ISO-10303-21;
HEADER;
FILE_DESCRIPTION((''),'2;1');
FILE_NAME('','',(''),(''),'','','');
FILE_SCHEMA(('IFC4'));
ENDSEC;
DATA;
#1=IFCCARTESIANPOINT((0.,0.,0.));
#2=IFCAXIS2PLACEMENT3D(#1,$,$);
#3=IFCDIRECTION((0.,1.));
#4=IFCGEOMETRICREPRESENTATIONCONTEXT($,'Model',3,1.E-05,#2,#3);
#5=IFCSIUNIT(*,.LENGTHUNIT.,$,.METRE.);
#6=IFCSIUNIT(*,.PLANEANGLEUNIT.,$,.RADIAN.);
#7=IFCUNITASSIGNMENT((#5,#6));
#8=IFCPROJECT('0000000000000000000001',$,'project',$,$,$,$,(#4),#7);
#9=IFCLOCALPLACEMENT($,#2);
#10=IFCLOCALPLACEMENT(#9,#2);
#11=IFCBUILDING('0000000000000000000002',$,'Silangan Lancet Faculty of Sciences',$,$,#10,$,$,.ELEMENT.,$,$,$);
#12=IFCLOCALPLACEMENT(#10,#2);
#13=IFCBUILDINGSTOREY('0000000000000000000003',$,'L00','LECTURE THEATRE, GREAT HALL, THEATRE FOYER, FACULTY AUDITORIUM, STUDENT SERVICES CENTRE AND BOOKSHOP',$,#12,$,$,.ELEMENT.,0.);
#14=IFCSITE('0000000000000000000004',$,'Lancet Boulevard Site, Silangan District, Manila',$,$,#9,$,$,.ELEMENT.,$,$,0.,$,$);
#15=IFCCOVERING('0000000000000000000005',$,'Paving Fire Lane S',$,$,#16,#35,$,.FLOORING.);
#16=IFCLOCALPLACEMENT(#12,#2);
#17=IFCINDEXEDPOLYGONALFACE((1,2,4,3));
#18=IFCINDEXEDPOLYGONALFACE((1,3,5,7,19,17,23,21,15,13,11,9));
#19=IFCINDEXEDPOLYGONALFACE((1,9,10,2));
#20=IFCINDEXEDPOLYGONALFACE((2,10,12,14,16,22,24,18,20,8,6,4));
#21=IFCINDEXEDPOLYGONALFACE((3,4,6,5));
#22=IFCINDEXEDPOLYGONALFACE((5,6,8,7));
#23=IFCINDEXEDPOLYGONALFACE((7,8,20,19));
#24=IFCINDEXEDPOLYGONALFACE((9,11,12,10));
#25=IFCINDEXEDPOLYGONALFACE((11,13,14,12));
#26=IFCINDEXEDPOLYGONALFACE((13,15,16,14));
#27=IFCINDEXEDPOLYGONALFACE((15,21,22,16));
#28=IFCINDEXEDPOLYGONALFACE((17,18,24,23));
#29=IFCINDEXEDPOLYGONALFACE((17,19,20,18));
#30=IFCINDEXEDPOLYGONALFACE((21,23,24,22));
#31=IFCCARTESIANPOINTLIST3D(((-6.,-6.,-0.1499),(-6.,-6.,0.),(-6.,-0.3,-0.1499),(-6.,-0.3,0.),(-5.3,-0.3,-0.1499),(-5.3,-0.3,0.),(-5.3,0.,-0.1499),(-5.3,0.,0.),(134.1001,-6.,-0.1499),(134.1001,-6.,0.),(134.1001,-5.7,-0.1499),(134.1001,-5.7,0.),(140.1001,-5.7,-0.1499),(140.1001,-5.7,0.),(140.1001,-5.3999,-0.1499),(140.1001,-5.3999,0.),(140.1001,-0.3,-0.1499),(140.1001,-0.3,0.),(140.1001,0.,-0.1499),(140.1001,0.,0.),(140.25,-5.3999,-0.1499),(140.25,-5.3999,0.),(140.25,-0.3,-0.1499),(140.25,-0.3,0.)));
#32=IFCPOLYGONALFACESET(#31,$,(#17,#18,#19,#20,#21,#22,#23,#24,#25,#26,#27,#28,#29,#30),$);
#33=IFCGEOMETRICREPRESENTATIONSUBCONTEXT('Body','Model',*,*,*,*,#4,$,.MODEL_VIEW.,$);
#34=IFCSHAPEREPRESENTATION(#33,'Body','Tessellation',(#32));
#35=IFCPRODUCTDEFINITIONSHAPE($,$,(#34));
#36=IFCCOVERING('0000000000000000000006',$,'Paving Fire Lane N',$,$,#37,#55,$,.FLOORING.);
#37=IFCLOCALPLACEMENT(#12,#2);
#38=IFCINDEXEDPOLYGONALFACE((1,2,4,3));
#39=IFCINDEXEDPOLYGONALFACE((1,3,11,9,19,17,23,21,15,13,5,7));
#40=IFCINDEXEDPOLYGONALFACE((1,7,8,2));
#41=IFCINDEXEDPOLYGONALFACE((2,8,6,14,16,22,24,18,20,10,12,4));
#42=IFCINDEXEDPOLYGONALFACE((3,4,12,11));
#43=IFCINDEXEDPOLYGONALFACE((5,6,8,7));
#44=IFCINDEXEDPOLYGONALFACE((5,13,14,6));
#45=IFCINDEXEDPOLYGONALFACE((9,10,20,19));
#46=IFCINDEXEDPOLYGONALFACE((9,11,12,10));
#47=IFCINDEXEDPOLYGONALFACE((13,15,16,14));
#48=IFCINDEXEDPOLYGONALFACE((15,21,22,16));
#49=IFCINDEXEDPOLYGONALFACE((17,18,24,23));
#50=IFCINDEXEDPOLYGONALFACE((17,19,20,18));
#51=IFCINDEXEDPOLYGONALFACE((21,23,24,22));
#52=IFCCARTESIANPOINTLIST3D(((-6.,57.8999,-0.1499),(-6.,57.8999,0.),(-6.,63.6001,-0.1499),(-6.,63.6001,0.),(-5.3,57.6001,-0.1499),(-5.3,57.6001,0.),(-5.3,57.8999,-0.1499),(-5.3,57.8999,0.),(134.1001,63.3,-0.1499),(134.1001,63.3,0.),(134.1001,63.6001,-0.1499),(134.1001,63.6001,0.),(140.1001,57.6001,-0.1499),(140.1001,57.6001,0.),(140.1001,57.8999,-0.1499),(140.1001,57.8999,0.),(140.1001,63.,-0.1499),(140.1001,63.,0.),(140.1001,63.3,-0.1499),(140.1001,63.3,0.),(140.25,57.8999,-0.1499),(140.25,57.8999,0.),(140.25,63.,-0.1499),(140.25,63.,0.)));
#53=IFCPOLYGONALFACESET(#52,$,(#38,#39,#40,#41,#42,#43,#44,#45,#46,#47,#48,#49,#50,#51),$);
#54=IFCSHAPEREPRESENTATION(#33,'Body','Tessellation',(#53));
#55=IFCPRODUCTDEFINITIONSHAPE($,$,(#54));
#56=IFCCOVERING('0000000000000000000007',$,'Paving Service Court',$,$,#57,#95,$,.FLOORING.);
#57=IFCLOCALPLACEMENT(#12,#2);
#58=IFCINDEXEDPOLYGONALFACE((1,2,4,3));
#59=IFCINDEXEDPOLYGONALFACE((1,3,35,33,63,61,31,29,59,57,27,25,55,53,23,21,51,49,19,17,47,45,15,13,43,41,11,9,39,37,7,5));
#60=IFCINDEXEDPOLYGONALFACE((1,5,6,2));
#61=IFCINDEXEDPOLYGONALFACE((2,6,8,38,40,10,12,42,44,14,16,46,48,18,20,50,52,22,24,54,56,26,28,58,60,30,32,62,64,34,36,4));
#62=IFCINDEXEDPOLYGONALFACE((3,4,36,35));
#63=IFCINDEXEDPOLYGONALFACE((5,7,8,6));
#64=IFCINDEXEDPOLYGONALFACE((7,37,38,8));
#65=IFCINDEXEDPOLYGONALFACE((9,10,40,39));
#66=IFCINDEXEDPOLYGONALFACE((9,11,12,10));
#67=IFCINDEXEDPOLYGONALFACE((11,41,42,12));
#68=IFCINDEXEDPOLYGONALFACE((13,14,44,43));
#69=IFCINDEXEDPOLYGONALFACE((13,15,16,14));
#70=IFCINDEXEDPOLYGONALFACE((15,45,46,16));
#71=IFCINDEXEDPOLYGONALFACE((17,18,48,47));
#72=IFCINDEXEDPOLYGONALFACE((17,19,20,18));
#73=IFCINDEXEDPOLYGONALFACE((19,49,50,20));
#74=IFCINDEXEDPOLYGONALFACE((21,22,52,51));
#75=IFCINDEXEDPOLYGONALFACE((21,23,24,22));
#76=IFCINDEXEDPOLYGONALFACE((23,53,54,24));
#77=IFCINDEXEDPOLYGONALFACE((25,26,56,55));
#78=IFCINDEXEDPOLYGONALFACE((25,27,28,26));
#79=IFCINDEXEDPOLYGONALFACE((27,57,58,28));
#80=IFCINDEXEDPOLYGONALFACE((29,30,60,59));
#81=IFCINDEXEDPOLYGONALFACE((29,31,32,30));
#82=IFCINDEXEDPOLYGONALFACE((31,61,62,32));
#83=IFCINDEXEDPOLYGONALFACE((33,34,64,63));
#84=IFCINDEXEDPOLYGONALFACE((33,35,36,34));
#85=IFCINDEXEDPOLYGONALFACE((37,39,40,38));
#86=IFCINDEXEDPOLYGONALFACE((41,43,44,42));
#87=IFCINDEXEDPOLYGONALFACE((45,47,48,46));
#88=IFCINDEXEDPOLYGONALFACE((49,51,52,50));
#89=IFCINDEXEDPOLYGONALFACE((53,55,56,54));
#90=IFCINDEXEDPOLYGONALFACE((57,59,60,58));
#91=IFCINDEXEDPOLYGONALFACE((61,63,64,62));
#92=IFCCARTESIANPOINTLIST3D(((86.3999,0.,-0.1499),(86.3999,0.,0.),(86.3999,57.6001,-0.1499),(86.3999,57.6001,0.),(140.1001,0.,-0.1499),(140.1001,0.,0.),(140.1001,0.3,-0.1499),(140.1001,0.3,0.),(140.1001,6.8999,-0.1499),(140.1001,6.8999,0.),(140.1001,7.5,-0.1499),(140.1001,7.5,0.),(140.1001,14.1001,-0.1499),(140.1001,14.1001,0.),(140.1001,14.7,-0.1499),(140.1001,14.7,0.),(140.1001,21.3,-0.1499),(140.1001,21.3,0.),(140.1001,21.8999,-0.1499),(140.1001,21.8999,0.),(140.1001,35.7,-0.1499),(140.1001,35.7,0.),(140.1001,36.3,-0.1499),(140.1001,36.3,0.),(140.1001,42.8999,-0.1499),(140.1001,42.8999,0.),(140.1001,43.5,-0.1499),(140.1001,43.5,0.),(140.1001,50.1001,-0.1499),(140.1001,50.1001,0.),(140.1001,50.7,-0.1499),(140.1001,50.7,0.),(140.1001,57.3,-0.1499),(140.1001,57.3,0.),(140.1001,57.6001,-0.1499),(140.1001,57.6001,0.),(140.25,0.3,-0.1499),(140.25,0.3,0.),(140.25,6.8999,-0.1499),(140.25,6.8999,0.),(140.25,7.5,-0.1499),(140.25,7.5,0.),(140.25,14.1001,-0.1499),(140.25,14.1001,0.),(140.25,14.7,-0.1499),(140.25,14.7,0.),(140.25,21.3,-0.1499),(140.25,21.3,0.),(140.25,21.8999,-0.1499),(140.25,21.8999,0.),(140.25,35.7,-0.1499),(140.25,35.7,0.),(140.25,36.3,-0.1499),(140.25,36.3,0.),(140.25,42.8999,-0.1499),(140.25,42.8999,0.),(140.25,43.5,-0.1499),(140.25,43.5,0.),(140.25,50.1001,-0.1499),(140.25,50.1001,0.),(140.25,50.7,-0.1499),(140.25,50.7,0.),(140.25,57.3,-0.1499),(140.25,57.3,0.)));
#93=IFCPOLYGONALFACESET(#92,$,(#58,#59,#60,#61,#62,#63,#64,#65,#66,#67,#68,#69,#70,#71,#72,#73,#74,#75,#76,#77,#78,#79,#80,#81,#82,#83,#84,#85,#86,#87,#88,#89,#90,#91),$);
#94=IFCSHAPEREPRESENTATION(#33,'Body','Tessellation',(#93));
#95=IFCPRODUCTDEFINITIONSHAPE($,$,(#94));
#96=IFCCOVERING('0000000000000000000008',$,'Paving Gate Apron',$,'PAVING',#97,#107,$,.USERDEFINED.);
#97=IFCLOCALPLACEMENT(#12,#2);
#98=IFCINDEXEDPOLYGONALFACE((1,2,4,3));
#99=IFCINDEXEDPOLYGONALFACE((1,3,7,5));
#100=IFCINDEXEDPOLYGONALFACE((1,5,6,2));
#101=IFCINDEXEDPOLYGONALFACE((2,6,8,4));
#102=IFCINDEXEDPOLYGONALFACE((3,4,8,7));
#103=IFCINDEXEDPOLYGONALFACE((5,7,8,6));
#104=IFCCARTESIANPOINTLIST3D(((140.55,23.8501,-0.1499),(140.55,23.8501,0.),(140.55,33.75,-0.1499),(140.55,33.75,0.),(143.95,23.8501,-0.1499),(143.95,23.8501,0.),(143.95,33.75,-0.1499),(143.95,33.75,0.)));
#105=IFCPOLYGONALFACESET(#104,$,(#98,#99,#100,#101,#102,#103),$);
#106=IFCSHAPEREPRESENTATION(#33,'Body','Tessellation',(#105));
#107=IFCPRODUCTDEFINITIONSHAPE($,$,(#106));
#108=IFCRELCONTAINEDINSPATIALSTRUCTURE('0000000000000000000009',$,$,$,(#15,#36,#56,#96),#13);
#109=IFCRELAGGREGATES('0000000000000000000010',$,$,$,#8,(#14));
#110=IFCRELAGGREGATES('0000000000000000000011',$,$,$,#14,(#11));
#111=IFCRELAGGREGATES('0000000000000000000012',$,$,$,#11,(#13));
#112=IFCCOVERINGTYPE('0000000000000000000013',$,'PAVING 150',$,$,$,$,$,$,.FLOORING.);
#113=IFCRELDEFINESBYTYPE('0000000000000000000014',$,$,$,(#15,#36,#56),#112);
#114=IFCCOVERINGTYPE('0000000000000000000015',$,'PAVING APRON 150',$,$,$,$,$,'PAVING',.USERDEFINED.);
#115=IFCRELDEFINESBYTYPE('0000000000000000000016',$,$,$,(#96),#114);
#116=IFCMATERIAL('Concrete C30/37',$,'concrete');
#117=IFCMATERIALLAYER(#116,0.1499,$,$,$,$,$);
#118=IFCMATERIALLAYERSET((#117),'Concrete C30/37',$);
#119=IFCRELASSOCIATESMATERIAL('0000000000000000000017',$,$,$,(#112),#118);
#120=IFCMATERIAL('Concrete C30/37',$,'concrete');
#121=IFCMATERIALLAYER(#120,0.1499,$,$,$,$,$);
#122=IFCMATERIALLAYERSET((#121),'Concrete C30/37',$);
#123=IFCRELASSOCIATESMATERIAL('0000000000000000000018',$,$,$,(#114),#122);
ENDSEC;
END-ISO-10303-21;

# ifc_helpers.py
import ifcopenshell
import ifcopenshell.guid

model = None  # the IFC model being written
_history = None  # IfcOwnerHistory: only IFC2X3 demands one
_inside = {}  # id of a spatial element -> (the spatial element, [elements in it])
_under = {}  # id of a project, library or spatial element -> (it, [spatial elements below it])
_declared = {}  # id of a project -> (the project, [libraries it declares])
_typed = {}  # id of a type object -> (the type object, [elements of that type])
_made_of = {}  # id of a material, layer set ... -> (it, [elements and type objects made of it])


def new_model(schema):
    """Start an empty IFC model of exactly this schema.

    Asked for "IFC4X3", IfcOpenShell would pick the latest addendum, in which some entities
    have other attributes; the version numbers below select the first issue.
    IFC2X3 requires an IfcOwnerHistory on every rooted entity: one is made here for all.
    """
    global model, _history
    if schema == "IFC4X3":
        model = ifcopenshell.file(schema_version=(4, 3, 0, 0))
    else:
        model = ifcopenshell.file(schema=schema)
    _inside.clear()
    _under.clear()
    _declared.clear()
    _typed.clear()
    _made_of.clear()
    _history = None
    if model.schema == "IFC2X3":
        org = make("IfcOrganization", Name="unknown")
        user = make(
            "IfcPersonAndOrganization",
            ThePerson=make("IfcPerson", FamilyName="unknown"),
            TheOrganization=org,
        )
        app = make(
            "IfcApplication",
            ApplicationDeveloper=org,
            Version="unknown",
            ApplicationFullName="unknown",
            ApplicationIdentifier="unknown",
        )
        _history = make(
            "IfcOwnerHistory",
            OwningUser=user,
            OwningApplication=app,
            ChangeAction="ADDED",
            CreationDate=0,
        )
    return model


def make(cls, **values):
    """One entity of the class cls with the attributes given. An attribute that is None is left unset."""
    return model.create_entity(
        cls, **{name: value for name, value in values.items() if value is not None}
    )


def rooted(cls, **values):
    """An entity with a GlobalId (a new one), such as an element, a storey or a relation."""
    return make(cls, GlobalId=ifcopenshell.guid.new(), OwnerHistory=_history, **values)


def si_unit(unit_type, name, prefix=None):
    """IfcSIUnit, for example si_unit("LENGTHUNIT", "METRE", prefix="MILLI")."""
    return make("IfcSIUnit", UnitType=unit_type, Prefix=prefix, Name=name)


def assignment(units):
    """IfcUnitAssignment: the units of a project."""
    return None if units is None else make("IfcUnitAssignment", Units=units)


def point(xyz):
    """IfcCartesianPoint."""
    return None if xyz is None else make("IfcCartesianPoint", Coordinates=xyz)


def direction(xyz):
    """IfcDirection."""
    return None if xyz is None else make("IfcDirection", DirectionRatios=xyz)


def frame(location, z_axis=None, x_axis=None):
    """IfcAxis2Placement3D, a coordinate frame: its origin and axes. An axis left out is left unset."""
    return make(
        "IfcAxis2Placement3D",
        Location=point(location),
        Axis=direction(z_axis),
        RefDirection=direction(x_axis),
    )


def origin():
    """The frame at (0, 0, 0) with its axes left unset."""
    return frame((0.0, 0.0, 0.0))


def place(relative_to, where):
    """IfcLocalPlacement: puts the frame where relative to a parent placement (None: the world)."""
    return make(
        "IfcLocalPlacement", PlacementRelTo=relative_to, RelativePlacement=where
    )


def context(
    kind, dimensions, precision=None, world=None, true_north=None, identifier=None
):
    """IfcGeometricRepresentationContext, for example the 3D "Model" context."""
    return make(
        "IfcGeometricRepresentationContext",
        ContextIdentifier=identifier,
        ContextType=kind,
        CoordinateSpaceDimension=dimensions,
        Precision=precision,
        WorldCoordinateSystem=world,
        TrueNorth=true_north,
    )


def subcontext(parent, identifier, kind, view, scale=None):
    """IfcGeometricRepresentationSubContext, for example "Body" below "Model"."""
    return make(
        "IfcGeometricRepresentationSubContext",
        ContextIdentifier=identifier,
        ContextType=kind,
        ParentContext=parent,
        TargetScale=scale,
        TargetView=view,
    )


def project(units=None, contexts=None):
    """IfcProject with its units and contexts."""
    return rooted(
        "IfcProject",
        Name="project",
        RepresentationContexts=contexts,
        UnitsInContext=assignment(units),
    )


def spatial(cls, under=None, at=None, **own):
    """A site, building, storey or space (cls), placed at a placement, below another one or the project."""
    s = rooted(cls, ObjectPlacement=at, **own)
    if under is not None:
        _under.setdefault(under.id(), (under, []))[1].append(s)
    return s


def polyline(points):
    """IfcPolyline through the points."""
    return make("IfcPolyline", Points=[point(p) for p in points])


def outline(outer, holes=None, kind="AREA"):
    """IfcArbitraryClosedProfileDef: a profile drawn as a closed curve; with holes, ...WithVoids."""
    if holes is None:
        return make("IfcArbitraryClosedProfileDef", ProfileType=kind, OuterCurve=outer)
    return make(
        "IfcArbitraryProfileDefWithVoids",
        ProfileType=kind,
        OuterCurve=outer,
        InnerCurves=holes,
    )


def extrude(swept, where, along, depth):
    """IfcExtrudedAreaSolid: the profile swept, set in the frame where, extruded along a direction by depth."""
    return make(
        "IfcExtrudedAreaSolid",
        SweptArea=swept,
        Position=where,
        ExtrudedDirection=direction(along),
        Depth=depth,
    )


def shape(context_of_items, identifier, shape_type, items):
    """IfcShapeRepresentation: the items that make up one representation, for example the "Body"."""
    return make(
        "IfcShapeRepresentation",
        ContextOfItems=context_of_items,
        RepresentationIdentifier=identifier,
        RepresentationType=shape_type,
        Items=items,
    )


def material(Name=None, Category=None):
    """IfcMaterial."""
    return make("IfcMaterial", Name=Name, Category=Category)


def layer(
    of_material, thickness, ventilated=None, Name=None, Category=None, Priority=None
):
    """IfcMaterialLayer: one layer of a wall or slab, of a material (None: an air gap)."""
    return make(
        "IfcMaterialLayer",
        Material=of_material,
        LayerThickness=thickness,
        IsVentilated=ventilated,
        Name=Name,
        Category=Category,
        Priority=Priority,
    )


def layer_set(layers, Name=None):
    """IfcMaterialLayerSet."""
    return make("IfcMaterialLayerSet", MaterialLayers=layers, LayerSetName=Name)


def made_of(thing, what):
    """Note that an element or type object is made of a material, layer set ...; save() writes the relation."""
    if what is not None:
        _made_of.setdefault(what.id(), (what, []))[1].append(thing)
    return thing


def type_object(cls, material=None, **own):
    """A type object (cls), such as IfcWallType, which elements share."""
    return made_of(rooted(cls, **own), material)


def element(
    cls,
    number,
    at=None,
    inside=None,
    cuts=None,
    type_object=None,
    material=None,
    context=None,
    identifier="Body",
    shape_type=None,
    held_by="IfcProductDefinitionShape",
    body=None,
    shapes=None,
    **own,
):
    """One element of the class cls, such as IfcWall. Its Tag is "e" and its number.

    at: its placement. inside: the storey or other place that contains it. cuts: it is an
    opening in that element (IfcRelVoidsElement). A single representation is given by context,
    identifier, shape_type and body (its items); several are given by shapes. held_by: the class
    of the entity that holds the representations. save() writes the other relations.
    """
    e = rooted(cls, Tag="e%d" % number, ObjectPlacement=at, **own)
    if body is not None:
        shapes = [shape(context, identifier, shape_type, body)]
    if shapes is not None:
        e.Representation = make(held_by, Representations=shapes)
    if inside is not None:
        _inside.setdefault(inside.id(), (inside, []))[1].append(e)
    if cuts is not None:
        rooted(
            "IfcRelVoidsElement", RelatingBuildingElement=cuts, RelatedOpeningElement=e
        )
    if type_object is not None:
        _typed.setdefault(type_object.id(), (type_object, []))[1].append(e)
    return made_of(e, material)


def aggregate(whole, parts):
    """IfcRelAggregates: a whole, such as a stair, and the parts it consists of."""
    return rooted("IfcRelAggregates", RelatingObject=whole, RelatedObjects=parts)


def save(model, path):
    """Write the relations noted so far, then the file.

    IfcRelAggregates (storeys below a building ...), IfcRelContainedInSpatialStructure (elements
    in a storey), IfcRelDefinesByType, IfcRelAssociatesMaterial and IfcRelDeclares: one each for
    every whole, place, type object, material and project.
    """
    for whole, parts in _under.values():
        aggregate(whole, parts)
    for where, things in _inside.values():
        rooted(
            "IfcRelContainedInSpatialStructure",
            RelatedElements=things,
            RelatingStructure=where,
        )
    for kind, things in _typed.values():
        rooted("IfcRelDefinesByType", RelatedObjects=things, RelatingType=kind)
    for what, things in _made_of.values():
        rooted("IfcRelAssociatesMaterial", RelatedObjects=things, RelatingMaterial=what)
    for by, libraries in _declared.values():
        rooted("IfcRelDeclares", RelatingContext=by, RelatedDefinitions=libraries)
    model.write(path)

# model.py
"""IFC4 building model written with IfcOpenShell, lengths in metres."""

from ifc_helpers import new_model, si_unit, direction, frame, origin, place, context, subcontext, project, spatial, polyline, outline, extrude, material, layer, layer_set, type_object, element, save


model = new_model("IFC4")

# Units and contexts
model_context = context("Model", 3, precision=1e-05, world=origin(), true_north=direction((0.0, 1.0)))
body_context = subcontext(model_context, "Body", "Model", "MODEL_VIEW")
ifc_project = project(units=[si_unit("LENGTHUNIT", "METRE"), si_unit("PLANEANGLEUNIT", "RADIAN")], contexts=[model_context])

# Site, building, storey
site_placement = place(None, origin())
site = spatial("IfcSite", under=ifc_project, at=site_placement, Name="Lancet Boulevard Site, Silangan District, Manila", CompositionType="ELEMENT", RefElevation=0.0)
building_placement = place(site_placement, origin())
building = spatial("IfcBuilding", under=site, at=building_placement, Name="Silangan Lancet Faculty of Sciences", CompositionType="ELEMENT")
storey_placement = place(building_placement, origin())
storey = spatial("IfcBuildingStorey", under=building, at=storey_placement, Name="L00", Description="LECTURE THEATRE, GREAT HALL, THEATRE FOYER, FACULTY AUDITORIUM, STUDENT SERVICES CENTRE AND BOOKSHOP", CompositionType="ELEMENT", Elevation=0.0)

# Coverings
ifc_material_1 = material(Name="Concrete C30/37", Category="concrete")
ifc_layer_1 = layer(ifc_material_1, 0.1499)
ifc_layer_set_1 = layer_set([ifc_layer_1], Name="Concrete C30/37")
covering_type_1 = type_object("IfcCoveringType", Name="PAVING 150", PredefinedType="FLOORING", material=ifc_layer_set_1)
covering_1_placement = place(storey_placement, frame((0.0, 0.0, -0.1499)))
element("IfcCovering", 1, at=covering_1_placement, inside=storey, type_object=covering_type_1, Name="Paving Fire Lane S", PredefinedType="FLOORING", context=body_context, shape_type="SweptSolid", body=[
    extrude(outline(polyline([(140.1001, 0.0), (-5.3, 0.0), (-5.3, -0.3), (-6.0, -0.3), (-6.0, -6.0), (134.1001, -6.0), (134.1001, -5.7), (140.1001, -5.7), (140.1001, -5.3999), (140.25, -5.3999), (140.25, -0.3), (140.1001, -0.3), (140.1001, 0.0)])), origin(), (0.0, 0.0, 1.0), 0.1499),
])
covering_2_placement = place(storey_placement, frame((0.0, 0.0, -0.1499)))
element("IfcCovering", 2, at=covering_2_placement, inside=storey, type_object=covering_type_1, Name="Paving Fire Lane N", PredefinedType="FLOORING", context=body_context, shape_type="SweptSolid", body=[
    extrude(outline(polyline([(-6.0, 63.6001), (-6.0, 57.8999), (-5.3, 57.8999), (-5.3, 57.6001), (140.1001, 57.6001), (140.1001, 57.8999), (140.25, 57.8999), (140.25, 63.0), (140.1001, 63.0), (140.1001, 63.3), (134.1001, 63.3), (134.1001, 63.6001), (-6.0, 63.6001)])), origin(), (0.0, 0.0, 1.0), 0.1499),
])
covering_3_placement = place(storey_placement, frame((0.0, 0.0, -0.1499)))
element("IfcCovering", 3, at=covering_3_placement, inside=storey, type_object=covering_type_1, Name="Paving Service Court", PredefinedType="FLOORING", context=body_context, shape_type="SweptSolid", body=[
    extrude(outline(polyline([(86.3999, 0.0), (140.1001, 0.0), (140.1001, 0.3), (140.25, 0.3), (140.25, 6.8999), (140.1001, 6.8999), (140.1001, 7.5), (140.25, 7.5), (140.25, 14.1001), (140.1001, 14.1001), (140.1001, 14.7), (140.25, 14.7), (140.25, 21.3), (140.1001, 21.3), (140.1001, 21.8999), (140.25, 21.8999), (140.25, 35.7), (140.1001, 35.7), (140.1001, 36.3), (140.25, 36.3), (140.25, 42.8999), (140.1001, 42.8999), (140.1001, 43.5), (140.25, 43.5), (140.25, 50.1001), (140.1001, 50.1001), (140.1001, 50.7), (140.25, 50.7), (140.25, 57.3), (140.1001, 57.3), (140.1001, 57.6001), (86.3999, 57.6001), (86.3999, 0.0)])), origin(), (0.0, 0.0, 1.0), 0.1499),
])
ifc_material_2 = material(Name="Concrete C30/37", Category="concrete")
ifc_layer_2 = layer(ifc_material_2, 0.1499)
ifc_layer_set_2 = layer_set([ifc_layer_2], Name="Concrete C30/37")
covering_type_2 = type_object("IfcCoveringType", Name="PAVING APRON 150", ElementType="PAVING", PredefinedType="USERDEFINED", material=ifc_layer_set_2)
covering_4_placement = place(storey_placement, frame((0.0, 0.0, -0.1499)))
element("IfcCovering", 4, at=covering_4_placement, inside=storey, type_object=covering_type_2, Name="Paving Gate Apron", ObjectType="PAVING", PredefinedType="USERDEFINED", context=body_context, shape_type="SweptSolid", body=[
    extrude(outline(polyline([(140.55, 23.8501), (143.95, 23.8501), (143.95, 33.75), (140.55, 33.75), (140.55, 23.8501)])), origin(), (0.0, 0.0, 1.0), 0.1499),
])

save(model, "model.ifc")
